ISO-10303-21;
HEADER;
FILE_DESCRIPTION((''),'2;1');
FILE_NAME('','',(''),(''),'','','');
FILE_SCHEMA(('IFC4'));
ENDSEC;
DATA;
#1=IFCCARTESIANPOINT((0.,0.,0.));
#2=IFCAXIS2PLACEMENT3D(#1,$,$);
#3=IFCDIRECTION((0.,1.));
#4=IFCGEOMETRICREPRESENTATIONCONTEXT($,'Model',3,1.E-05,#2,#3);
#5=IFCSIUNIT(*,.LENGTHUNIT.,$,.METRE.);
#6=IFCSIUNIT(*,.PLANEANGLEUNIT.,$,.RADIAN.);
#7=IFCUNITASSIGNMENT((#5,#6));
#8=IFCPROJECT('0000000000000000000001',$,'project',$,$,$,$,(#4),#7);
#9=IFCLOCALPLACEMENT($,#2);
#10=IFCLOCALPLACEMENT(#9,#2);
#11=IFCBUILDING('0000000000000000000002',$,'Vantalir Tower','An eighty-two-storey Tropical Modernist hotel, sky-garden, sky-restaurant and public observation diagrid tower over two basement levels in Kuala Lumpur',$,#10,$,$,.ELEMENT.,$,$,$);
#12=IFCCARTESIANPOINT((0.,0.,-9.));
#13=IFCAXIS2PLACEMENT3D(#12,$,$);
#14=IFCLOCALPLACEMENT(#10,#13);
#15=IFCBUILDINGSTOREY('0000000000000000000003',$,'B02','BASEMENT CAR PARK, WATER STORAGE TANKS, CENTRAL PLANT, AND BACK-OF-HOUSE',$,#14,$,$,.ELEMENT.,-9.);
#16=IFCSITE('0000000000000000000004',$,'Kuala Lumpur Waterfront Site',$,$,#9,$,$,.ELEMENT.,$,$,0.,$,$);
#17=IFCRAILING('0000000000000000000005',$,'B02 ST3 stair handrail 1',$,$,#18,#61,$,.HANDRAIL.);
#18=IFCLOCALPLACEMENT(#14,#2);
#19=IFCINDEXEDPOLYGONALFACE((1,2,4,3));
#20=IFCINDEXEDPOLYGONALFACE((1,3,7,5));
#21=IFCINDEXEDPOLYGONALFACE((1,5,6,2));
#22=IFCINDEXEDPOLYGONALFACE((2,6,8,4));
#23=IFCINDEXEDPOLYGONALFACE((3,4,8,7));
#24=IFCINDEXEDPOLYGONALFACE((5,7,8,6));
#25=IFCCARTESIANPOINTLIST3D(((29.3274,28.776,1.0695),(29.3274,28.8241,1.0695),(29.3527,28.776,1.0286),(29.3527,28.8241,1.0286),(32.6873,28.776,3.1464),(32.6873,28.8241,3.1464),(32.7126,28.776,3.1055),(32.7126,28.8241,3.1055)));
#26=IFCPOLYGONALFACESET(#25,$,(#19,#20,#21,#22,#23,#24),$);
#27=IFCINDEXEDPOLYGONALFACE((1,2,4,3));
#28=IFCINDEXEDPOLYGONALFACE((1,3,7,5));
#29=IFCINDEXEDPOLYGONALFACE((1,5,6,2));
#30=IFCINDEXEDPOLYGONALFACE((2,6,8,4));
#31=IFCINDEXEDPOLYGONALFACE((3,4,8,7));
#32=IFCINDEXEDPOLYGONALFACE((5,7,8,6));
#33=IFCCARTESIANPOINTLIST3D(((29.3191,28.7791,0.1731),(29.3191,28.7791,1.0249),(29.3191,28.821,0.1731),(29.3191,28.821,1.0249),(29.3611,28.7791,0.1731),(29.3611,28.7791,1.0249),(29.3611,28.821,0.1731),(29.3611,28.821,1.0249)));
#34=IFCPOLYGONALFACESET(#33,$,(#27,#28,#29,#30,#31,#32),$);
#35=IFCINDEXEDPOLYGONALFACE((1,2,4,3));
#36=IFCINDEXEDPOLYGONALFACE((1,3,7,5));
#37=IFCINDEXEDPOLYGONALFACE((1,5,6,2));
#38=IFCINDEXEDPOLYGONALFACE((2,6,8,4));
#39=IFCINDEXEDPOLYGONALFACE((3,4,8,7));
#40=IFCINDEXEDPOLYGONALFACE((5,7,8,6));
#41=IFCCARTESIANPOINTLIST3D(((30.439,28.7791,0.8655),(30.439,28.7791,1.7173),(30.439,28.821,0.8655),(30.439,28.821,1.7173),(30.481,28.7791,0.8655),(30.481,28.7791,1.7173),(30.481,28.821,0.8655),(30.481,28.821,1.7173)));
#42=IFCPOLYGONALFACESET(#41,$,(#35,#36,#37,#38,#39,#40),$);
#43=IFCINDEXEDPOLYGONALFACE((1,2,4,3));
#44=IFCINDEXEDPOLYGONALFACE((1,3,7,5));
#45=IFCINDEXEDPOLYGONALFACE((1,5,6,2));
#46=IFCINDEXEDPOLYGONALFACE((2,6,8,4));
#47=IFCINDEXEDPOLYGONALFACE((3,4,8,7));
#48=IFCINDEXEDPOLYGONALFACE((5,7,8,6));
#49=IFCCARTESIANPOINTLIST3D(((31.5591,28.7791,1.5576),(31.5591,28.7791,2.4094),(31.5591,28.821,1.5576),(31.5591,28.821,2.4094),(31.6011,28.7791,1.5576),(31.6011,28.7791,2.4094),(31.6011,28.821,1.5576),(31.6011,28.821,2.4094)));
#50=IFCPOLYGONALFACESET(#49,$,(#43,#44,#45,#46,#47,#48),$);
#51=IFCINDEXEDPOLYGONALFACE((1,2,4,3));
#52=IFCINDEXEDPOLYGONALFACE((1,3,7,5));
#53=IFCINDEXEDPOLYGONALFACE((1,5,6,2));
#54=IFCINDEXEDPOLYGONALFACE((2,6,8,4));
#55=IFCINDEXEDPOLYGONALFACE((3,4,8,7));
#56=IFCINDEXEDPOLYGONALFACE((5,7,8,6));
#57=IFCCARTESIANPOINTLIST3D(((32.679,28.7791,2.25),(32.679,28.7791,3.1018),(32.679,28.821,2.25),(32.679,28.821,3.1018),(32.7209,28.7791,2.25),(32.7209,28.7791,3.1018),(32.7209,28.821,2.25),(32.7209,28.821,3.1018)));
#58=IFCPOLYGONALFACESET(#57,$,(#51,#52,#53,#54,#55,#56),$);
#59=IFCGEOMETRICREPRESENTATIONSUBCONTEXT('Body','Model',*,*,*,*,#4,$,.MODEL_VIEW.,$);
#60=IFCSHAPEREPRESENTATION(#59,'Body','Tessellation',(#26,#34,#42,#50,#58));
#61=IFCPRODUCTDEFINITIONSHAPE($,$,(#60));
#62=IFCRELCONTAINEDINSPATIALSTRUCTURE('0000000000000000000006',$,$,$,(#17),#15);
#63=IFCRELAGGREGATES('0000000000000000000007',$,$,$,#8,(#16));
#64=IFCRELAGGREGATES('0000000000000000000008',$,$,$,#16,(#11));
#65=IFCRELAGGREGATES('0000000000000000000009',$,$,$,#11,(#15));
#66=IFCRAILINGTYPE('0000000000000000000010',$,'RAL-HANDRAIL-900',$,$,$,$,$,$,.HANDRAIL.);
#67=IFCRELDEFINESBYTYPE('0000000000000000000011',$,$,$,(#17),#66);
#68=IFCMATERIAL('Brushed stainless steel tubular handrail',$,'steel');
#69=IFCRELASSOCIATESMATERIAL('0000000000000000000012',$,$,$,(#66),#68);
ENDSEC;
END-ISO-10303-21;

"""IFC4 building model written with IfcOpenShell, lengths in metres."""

from ifc_helpers import new_model, si_unit, direction, frame, origin, origin_2d, place, context, subcontext, project, spatial, rectangle, extrude, material, type_object, element, save


model = new_model("IFC4")

# Units and contexts
model_context = context("Model", 3, precision=1e-05, world=origin(), true_north=direction((0.0, 1.0)))
body_context = subcontext(model_context, "Body", "Model", "MODEL_VIEW")
ifc_project = project(units=[si_unit("LENGTHUNIT", "METRE"), si_unit("PLANEANGLEUNIT", "RADIAN")], contexts=[model_context])

# Site, building, storey
site_placement = place(None, origin())
site = spatial("IfcSite", under=ifc_project, at=site_placement, Name="Kuala Lumpur Waterfront Site", CompositionType="ELEMENT", RefElevation=0.0)
building_placement = place(site_placement, origin())
building = spatial("IfcBuilding", under=site, at=building_placement, Name="Vantalir Tower", Description="An eighty-two-storey Tropical Modernist hotel, sky-garden, sky-restaurant and public observation diagrid tower over two basement levels in Kuala Lumpur", CompositionType="ELEMENT")
storey_placement = place(building_placement, frame((0.0, 0.0, -9.0)))
storey = spatial("IfcBuildingStorey", under=building, at=storey_placement, Name="B02", Description="BASEMENT CAR PARK, WATER STORAGE TANKS, CENTRAL PLANT, AND BACK-OF-HOUSE", CompositionType="ELEMENT", Elevation=-9.0)

# Railing
ifc_material_1 = material(Name="Brushed stainless steel tubular handrail", Category="steel")
railing_type_1 = type_object("IfcRailingType", Name="RAL-HANDRAIL-900", PredefinedType="HANDRAIL", material=ifc_material_1)
railing_1_placement = place(storey_placement, frame((29.3401, 28.8, 0.1731)))
element("IfcRailing", 1, at=railing_1_placement, inside=storey, type_object=railing_type_1, Name="B02 ST3 stair handrail 1", PredefinedType="HANDRAIL", context=body_context, shape_type="SweptSolid", body=[
    extrude(rectangle(XDim=0.0481, YDim=0.0481, at=origin_2d()), frame((0.0, 0.0, 0.876), z_axis=(0.850606, 0.0, 0.525803), x_axis=(0.0, 1.0, 0.0)), (0.0, 0.0, 1.0), 3.95),
    extrude(rectangle(XDim=0.042, YDim=0.042, at=origin_2d()), origin(), (0.0, 0.0, 1.0), 0.8518),
    extrude(rectangle(XDim=0.042, YDim=0.042, at=origin_2d()), frame((1.1199, 0.0, 0.6924)), (0.0, 0.0, 1.0), 0.8518),
    extrude(rectangle(XDim=0.042, YDim=0.042, at=origin_2d()), frame((2.24, 0.0, 1.3845)), (0.0, 0.0, 1.0), 0.8518),
    extrude(rectangle(XDim=0.042, YDim=0.042, at=origin_2d()), frame((3.3599, 0.0, 2.0769)), (0.0, 0.0, 1.0), 0.8518),
])

save(model, "model.ifc")
